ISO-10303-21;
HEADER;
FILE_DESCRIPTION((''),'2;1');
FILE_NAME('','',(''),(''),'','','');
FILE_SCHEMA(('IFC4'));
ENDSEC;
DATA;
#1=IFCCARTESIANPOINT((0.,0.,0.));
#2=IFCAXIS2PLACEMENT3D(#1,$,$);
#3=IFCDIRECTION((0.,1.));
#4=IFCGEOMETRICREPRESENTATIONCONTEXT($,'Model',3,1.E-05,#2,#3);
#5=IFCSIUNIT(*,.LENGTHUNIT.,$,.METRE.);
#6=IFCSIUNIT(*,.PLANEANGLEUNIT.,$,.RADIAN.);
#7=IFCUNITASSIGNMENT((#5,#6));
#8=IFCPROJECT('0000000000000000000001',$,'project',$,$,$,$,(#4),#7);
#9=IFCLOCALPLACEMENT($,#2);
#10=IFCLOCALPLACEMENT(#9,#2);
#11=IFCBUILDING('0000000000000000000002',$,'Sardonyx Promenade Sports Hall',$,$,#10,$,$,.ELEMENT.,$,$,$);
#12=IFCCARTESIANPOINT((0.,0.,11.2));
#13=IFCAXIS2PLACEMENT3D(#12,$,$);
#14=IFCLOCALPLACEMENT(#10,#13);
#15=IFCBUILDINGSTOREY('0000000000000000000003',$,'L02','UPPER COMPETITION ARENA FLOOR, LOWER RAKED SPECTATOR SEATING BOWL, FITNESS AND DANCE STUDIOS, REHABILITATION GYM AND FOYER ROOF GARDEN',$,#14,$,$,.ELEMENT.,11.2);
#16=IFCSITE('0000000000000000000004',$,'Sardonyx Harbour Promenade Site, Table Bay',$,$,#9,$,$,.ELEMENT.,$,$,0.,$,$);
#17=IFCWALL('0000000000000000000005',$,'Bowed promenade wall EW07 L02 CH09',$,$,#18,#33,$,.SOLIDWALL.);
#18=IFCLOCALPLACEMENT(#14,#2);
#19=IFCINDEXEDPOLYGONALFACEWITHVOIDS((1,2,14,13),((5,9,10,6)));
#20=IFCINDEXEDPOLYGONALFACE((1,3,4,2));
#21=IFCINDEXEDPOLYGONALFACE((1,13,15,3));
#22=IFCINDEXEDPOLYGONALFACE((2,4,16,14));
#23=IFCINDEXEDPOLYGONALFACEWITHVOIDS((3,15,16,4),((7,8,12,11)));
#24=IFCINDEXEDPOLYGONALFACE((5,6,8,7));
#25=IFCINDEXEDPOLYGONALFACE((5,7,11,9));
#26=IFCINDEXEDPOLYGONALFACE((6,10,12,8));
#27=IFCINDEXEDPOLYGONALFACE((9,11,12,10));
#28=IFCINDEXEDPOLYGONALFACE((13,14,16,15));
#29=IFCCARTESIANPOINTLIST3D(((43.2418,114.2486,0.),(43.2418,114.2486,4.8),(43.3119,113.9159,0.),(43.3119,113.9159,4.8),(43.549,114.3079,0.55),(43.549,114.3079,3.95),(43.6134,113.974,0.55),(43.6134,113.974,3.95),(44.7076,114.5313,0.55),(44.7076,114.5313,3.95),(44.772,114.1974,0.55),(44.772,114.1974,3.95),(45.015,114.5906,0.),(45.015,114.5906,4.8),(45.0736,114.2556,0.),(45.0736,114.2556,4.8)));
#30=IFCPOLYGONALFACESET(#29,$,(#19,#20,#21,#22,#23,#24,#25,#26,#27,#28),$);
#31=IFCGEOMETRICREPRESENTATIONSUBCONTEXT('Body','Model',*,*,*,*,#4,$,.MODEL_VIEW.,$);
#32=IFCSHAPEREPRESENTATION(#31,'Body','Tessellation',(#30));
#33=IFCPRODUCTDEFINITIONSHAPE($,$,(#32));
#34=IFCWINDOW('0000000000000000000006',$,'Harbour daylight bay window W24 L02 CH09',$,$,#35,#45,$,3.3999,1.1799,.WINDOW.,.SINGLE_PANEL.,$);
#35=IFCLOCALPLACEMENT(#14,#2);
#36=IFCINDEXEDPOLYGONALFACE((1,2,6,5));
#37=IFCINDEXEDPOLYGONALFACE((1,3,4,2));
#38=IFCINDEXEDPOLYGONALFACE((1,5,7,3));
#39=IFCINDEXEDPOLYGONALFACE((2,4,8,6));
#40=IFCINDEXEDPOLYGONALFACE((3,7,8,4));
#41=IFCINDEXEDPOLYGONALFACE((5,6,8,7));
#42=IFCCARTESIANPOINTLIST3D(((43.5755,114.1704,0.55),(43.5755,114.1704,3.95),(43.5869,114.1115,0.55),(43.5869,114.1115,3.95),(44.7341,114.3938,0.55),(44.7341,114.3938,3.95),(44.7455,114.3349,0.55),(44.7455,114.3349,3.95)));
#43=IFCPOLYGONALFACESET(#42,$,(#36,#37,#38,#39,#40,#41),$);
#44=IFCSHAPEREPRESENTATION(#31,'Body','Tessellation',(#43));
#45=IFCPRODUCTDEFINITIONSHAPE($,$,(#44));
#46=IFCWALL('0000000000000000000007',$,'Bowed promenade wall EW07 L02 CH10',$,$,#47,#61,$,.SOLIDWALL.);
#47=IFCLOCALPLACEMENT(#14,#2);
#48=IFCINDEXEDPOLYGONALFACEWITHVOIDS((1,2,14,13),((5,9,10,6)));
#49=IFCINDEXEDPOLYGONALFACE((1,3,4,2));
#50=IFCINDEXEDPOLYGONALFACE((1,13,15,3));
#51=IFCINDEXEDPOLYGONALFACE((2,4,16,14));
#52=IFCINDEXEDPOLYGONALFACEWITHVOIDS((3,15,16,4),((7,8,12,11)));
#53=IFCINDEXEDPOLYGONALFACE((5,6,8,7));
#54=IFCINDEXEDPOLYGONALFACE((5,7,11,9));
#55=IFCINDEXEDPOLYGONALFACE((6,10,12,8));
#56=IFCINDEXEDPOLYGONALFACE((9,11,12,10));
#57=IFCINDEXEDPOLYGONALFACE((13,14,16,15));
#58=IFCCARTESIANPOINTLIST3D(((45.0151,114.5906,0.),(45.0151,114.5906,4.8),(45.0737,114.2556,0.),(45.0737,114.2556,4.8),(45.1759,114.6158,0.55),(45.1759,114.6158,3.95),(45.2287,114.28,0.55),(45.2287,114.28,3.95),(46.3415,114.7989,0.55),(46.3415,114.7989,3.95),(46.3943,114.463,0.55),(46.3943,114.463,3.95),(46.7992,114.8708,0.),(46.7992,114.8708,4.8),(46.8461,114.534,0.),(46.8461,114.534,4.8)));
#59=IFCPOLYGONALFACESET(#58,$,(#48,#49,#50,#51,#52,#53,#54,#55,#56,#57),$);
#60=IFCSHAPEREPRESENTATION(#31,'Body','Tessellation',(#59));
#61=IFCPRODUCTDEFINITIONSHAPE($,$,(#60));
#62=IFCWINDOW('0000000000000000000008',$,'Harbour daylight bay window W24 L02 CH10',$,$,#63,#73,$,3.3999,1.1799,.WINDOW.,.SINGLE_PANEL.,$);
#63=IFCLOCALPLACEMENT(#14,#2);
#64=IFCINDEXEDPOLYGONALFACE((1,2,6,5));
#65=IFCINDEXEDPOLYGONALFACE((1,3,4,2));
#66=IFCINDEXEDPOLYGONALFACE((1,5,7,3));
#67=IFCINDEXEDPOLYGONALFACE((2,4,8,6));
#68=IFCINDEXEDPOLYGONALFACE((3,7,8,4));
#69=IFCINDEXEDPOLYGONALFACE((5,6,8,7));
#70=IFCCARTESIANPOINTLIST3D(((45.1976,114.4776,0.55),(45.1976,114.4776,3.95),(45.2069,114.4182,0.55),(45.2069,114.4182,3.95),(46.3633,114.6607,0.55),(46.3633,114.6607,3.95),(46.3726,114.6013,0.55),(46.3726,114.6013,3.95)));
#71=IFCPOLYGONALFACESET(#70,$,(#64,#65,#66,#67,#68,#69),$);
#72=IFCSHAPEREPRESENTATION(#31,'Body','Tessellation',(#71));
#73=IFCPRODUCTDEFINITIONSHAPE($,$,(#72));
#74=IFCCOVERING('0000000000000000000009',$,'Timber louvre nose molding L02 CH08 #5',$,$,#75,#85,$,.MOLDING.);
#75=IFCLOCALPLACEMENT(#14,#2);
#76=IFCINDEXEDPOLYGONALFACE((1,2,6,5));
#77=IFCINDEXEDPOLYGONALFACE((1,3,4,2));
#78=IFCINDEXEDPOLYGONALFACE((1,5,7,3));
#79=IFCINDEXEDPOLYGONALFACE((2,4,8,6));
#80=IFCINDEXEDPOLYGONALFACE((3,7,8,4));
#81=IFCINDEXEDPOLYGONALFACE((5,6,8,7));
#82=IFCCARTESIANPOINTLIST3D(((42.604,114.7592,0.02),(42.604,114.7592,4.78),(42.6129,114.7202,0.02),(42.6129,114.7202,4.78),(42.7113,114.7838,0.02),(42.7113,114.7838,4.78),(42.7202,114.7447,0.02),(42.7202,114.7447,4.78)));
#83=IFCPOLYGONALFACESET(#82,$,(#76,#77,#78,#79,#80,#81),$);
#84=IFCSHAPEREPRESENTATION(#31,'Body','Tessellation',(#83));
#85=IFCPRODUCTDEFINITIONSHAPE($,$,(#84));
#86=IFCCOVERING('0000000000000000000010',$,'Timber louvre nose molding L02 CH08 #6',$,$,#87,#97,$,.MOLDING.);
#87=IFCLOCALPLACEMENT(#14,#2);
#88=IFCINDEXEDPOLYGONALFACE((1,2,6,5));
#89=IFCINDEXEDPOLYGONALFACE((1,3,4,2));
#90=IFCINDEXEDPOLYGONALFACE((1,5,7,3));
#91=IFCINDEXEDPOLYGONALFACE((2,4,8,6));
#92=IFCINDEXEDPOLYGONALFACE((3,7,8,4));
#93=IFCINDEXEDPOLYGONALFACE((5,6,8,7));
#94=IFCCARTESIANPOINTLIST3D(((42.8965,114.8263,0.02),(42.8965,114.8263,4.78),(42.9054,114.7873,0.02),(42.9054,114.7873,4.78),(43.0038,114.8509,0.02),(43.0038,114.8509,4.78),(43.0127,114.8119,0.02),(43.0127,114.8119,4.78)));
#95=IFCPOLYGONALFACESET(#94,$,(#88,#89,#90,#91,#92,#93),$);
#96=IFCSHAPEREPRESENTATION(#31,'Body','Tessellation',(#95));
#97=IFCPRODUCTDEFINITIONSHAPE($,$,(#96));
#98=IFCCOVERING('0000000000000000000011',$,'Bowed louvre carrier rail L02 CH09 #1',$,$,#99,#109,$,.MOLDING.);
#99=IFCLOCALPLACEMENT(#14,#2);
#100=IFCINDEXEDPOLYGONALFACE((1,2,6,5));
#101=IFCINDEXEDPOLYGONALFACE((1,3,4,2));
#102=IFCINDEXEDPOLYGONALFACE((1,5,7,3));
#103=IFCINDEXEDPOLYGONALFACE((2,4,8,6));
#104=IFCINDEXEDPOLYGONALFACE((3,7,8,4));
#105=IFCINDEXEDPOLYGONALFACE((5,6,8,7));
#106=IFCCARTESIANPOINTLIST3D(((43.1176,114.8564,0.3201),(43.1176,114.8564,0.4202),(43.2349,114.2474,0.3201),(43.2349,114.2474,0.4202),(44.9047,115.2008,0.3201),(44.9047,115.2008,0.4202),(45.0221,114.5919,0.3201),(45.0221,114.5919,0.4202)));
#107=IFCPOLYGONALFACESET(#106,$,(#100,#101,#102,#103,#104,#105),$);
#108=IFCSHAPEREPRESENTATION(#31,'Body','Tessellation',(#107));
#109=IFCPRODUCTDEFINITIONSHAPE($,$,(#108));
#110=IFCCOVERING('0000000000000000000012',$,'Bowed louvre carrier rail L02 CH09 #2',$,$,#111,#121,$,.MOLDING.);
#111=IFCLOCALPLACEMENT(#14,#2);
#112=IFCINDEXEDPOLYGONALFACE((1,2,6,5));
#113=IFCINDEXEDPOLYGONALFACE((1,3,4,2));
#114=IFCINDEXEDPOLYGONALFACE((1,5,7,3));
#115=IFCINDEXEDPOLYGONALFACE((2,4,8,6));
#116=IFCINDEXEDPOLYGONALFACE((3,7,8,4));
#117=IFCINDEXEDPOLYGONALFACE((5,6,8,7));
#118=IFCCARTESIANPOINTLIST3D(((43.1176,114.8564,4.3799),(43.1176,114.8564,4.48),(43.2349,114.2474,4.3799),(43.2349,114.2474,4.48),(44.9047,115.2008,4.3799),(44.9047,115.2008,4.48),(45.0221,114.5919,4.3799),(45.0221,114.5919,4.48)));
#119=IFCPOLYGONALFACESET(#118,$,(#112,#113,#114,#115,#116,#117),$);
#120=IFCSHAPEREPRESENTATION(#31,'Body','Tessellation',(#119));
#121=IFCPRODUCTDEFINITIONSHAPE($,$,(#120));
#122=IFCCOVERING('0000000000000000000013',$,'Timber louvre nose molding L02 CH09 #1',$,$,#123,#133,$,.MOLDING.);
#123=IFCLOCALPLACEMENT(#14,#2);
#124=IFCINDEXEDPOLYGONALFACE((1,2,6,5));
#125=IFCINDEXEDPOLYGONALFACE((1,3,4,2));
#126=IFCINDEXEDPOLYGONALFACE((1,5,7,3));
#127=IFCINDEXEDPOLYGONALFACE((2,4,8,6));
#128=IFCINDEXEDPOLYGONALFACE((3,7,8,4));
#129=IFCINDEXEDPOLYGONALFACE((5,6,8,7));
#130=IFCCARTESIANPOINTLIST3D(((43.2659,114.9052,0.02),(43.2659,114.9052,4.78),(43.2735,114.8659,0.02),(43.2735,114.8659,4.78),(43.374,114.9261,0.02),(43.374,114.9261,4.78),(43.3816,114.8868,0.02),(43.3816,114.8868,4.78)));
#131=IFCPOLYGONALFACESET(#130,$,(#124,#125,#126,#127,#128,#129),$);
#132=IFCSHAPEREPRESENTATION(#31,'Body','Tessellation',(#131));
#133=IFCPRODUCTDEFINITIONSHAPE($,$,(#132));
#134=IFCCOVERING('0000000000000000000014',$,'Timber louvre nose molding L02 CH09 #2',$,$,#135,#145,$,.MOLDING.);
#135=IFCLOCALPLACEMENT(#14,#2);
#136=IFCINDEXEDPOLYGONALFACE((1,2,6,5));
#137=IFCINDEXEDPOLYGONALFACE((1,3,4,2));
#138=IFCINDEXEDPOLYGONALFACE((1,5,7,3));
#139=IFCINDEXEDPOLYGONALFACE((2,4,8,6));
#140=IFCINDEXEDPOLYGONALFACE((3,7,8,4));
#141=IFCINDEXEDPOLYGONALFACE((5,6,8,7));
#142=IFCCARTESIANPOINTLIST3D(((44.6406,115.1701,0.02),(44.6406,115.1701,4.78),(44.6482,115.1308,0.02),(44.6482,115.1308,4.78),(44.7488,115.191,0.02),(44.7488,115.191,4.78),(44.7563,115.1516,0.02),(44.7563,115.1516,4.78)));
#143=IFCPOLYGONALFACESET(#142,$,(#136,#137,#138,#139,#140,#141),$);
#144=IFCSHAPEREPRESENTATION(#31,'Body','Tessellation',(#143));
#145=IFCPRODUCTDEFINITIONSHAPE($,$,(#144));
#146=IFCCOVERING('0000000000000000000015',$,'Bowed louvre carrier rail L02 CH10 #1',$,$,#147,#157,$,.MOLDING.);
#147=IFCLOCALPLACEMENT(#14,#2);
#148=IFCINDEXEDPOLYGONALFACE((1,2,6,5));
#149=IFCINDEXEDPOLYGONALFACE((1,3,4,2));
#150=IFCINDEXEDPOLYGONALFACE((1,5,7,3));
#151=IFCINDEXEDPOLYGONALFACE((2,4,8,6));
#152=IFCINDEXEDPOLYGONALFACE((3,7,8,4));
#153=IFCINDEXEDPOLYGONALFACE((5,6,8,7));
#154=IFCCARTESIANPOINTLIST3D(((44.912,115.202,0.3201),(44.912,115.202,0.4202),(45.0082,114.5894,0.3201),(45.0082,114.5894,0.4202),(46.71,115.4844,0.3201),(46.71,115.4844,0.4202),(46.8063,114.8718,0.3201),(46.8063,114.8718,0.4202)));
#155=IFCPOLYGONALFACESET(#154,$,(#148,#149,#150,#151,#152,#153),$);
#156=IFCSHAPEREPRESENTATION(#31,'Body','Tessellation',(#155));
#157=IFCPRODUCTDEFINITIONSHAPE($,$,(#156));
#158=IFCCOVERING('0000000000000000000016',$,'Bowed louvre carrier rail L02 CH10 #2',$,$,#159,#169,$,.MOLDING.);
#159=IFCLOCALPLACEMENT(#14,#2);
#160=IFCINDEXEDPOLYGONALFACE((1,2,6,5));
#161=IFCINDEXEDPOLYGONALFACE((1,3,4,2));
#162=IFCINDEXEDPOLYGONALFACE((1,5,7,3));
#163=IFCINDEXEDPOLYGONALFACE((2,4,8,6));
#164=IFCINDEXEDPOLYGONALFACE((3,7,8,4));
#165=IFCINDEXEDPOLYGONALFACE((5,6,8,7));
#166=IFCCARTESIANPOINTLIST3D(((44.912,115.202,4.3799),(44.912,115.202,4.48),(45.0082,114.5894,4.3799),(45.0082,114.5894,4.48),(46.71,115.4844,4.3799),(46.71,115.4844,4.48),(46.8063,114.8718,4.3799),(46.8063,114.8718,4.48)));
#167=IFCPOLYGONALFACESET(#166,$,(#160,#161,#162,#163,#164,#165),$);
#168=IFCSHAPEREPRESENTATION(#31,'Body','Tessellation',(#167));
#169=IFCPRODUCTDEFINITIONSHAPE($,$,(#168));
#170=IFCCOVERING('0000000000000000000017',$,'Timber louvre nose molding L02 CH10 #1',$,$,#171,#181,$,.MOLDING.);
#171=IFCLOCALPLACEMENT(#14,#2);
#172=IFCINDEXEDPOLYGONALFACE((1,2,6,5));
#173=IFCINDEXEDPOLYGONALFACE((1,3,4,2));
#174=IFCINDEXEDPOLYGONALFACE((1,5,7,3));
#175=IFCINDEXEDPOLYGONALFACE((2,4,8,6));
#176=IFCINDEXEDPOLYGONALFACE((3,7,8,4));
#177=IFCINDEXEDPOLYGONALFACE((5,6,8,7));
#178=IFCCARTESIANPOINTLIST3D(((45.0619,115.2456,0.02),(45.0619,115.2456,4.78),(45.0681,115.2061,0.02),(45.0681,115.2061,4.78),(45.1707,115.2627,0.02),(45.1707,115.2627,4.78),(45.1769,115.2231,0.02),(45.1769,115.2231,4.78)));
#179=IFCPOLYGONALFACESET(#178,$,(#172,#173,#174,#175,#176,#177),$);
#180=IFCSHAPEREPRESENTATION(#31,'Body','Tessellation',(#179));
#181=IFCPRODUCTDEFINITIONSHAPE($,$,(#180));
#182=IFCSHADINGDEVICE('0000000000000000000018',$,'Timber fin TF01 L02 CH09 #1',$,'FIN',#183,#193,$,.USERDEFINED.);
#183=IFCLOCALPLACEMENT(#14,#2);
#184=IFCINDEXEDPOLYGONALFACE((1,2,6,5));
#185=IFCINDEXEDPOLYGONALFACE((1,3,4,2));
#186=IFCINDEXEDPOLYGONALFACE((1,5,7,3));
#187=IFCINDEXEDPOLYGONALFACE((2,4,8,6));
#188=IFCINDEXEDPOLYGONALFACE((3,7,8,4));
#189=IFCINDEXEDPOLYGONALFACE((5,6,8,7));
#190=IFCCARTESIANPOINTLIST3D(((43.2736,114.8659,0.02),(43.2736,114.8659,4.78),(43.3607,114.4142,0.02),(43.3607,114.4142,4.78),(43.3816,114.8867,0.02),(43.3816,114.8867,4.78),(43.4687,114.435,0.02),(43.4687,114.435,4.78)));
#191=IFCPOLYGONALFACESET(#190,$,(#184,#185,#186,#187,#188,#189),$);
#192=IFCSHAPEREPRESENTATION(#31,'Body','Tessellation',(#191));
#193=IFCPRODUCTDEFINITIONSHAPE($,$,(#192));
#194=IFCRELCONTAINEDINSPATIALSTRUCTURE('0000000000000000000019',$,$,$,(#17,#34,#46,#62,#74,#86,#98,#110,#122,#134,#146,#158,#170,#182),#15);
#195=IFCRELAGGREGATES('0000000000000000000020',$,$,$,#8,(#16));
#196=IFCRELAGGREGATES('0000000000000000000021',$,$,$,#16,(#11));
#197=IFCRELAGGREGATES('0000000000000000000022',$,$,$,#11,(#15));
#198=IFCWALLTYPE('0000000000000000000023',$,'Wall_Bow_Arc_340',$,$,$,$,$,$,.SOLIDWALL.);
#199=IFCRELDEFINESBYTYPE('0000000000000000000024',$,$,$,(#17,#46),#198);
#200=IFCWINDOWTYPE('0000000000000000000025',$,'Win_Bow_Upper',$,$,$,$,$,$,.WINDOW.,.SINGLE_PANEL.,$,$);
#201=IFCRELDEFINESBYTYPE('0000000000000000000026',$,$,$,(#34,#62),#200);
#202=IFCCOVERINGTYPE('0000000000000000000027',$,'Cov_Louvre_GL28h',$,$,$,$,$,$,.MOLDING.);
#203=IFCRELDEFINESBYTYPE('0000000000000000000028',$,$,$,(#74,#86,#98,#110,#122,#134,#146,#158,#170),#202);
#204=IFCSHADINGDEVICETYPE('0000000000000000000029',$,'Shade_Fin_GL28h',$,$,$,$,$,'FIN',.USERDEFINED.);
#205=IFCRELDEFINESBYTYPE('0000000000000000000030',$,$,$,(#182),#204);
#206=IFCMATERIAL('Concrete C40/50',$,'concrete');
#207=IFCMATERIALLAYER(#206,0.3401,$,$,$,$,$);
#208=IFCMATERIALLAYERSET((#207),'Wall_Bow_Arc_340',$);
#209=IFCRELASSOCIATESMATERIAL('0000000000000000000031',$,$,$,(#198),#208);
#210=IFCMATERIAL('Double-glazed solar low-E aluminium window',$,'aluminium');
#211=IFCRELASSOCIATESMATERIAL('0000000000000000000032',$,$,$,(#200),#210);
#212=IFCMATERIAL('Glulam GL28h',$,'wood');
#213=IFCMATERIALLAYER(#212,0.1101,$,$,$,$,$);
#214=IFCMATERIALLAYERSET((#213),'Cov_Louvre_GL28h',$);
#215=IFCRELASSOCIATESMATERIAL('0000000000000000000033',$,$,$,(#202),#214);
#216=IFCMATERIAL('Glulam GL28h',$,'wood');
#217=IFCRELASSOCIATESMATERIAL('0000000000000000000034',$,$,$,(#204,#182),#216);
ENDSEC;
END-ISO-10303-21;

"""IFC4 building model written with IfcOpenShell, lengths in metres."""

from ifc_helpers import new_model, si_unit, direction, frame, frame_2d, origin, origin_2d, place, context, subcontext, project, spatial, polyline, rectangle, outline, extrude, material, layer, layer_set, type_object, element, fill, save


model = new_model("IFC4")

# Units and contexts
model_context = context("Model", 3, precision=1e-05, world=origin(), true_north=direction((0.0, 1.0)))
body_context = subcontext(model_context, "Body", "Model", "MODEL_VIEW")
ifc_project = project(units=[si_unit("LENGTHUNIT", "METRE"), si_unit("PLANEANGLEUNIT", "RADIAN")], contexts=[model_context])

# Site, building, storey
site_placement = place(None, origin())
site = spatial("IfcSite", under=ifc_project, at=site_placement, Name="Sardonyx Harbour Promenade Site, Table Bay", CompositionType="ELEMENT", RefElevation=0.0)
building_placement = place(site_placement, origin())
building = spatial("IfcBuilding", under=site, at=building_placement, Name="Sardonyx Promenade Sports Hall", CompositionType="ELEMENT")
storey_placement = place(building_placement, frame((0.0, 0.0, 11.2)))
storey = spatial("IfcBuildingStorey", under=building, at=storey_placement, Name="L02", Description="UPPER COMPETITION ARENA FLOOR, LOWER RAKED SPECTATOR SEATING BOWL, FITNESS AND DANCE STUDIOS, REHABILITATION GYM AND FOYER ROOF GARDEN", CompositionType="ELEMENT", Elevation=11.2)

# Walls, openings, windows
ifc_material_1 = material(Name="Concrete C40/50", Category="concrete")
ifc_layer_1 = layer(ifc_material_1, 0.3401)
ifc_layer_set_1 = layer_set([ifc_layer_1], Name="Wall_Bow_Arc_340")
wall_type = type_object("IfcWallType", Name="Wall_Bow_Arc_340", PredefinedType="SOLIDWALL", material=ifc_layer_set_1)
wall_1_placement = place(storey_placement, frame((43.2769, 114.0823, 0.0), z_axis=(0.0, 0.0, 1.0), x_axis=(0.981913, 0.18933, 0.0)))
wall_1 = element("IfcWall", 1, at=wall_1_placement, inside=storey, type_object=wall_type, Name="Bowed promenade wall EW07 L02 CH09", PredefinedType="SOLIDWALL", context=body_context, shape_type="SweptSolid", body=[
    extrude(outline(polyline([(0.0029, -0.17), (1.7971, -0.17), (1.8029, 0.17), (-0.0029, 0.17), (0.0029, -0.17)])), origin(), (0.0, 0.0, 1.0), 4.8),
])
opening_1_placement = place(wall_1_placement, frame((0.3101, 0.0, 0.55)))
opening_1 = element("IfcOpeningElement", 2, at=opening_1_placement, cuts=wall_1, PredefinedType="OPENING", context=body_context, shape_type="SweptSolid", body=[
    extrude(rectangle(XDim=1.1799, YDim=3.3999, at=frame_2d((0.5898, 1.7))), frame((0.0, 0.18, 0.0), z_axis=(0.0, -1.0, 0.0), x_axis=(1.0, 0.0, 0.0)), (0.0, 0.0, 1.0), 0.36),
])
ifc_material_2 = material(Name="Double-glazed solar low-E aluminium window", Category="aluminium")
window_type = type_object("IfcWindowType", Name="Win_Bow_Upper", PartitioningType="SINGLE_PANEL", PredefinedType="WINDOW", material=ifc_material_2)
window_1_placement = place(opening_1_placement, origin())
window_1 = element("IfcWindow", 3, at=window_1_placement, inside=storey, type_object=window_type, Name="Harbour daylight bay window W24 L02 CH09", OverallHeight=3.3999, OverallWidth=1.1799, PartitioningType="SINGLE_PANEL", PredefinedType="WINDOW", context=body_context, shape_type="SweptSolid", body=[
    extrude(rectangle(XDim=1.1799, YDim=3.3999, at=frame_2d((0.5898, 1.7))), frame((0.0, 0.03, 0.0), z_axis=(0.0, -1.0, 0.0), x_axis=(1.0, 0.0, 0.0)), (0.0, 0.0, 1.0), 0.0601),
])
fill(opening_1, window_1)
wall_2_placement = place(storey_placement, frame((45.0444, 114.4231, 0.0), z_axis=(0.0, 0.0, 1.0), x_axis=(0.987887, 0.155175, 0.0)))
wall_2 = element("IfcWall", 4, at=wall_2_placement, inside=storey, type_object=wall_type, Name="Bowed promenade wall EW07 L02 CH10", PredefinedType="SOLIDWALL", context=body_context, shape_type="SweptSolid", body=[
    extrude(outline(polyline([(0.0029, -0.17), (1.7971, -0.17), (1.8029, 0.17), (-0.0029, 0.17), (0.0029, -0.17)])), origin(), (0.0, 0.0, 1.0), 4.8),
])
opening_2_placement = place(wall_2_placement, frame((0.1599, 0.0, 0.55)))
opening_2 = element("IfcOpeningElement", 5, at=opening_2_placement, cuts=wall_2, PredefinedType="OPENING", context=body_context, shape_type="SweptSolid", body=[
    extrude(rectangle(XDim=1.1799, YDim=3.3999, at=frame_2d((0.5898, 1.7))), frame((0.0, 0.18, 0.0), z_axis=(0.0, -1.0, 0.0), x_axis=(1.0, 0.0, 0.0)), (0.0, 0.0, 1.0), 0.36),
])
window_2_placement = place(opening_2_placement, origin())
window_2 = element("IfcWindow", 6, at=window_2_placement, inside=storey, type_object=window_type, Name="Harbour daylight bay window W24 L02 CH10", OverallHeight=3.3999, OverallWidth=1.1799, PartitioningType="SINGLE_PANEL", PredefinedType="WINDOW", context=body_context, shape_type="SweptSolid", body=[
    extrude(rectangle(XDim=1.1799, YDim=3.3999, at=frame_2d((0.5898, 1.7))), frame((0.0, 0.03, 0.0), z_axis=(0.0, -1.0, 0.0), x_axis=(1.0, 0.0, 0.0)), (0.0, 0.0, 1.0), 0.0601),
])
fill(opening_2, window_2)

# Coverings
ifc_material_3 = material(Name="Glulam GL28h", Category="wood")
ifc_layer_2 = layer(ifc_material_3, 0.1101)
ifc_layer_set_2 = layer_set([ifc_layer_2], Name="Cov_Louvre_GL28h")
covering_type = type_object("IfcCoveringType", Name="Cov_Louvre_GL28h", PredefinedType="MOLDING", material=ifc_layer_set_2)
for number, where, z_axis, x_axis, name in (
    (7, (42.6621, 114.752, 0.02), (0.0, 0.0, 1.0), (0.974792, 0.223117, 0.0), "Timber louvre nose molding L02 CH08 #5"),
    (8, (42.9546, 114.8191, 0.02), (0.0, 0.0, 1.0), (0.974792, 0.223117, 0.0), "Timber louvre nose molding L02 CH08 #6"),
):
    element("IfcCovering", number, at=place(storey_placement, frame(where, z_axis=z_axis, x_axis=x_axis)), inside=storey, type_object=covering_type, Name=name, PredefinedType="MOLDING", context=body_context, shape_type="SweptSolid", body=[
        extrude(rectangle(XDim=0.1101, YDim=0.04, at=origin_2d()), origin(), (0.0, 0.0, 1.0), 4.76),
    ])
for number, where, z_axis, x_axis, name in (
    (9, (44.0698, 114.7241, 0.3201), (0.0, 0.0, 1.0), (0.98193, 0.189246, 0.0), "Bowed louvre carrier rail L02 CH09 #1"),
    (10, (44.0698, 114.7241, 4.3799), (0.0, 0.0, 1.0), (0.98193, 0.189246, 0.0), "Bowed louvre carrier rail L02 CH09 #2"),
):
    element("IfcCovering", number, at=place(storey_placement, frame(where, z_axis=z_axis, x_axis=x_axis)), inside=storey, type_object=covering_type, Name=name, PredefinedType="MOLDING", context=body_context, shape_type="SweptSolid", body=[
        extrude(rectangle(XDim=1.8201, YDim=0.6201, at=origin_2d()), origin(), (0.0, 0.0, 1.0), 0.1001),
    ])
for number, where, z_axis, x_axis, name in (
    (11, (43.3237, 114.896, 0.02), (0.0, 0.0, 1.0), (0.98193, 0.189246, 0.0), "Timber louvre nose molding L02 CH09 #1"),
    (12, (44.6985, 115.1609, 0.02), (0.0, 0.0, 1.0), (0.98193, 0.189246, 0.0), "Timber louvre nose molding L02 CH09 #2"),
):
    element("IfcCovering", number, at=place(storey_placement, frame(where, z_axis=z_axis, x_axis=x_axis)), inside=storey, type_object=covering_type, Name=name, PredefinedType="MOLDING", context=body_context, shape_type="SweptSolid", body=[
        extrude(rectangle(XDim=0.1101, YDim=0.04, at=origin_2d()), origin(), (0.0, 0.0, 1.0), 4.76),
    ])
for number, where, z_axis, x_axis, name in (
    (13, (45.8591, 115.0369, 0.3201), (0.0, 0.0, 1.0), (0.987891, 0.155148, 0.0), "Bowed louvre carrier rail L02 CH10 #1"),
    (14, (45.8591, 115.0369, 4.3799), (0.0, 0.0, 1.0), (0.987891, 0.155148, 0.0), "Bowed louvre carrier rail L02 CH10 #2"),
):
    element("IfcCovering", number, at=place(storey_placement, frame(where, z_axis=z_axis, x_axis=x_axis)), inside=storey, type_object=covering_type, Name=name, PredefinedType="MOLDING", context=body_context, shape_type="SweptSolid", body=[
        extrude(rectangle(XDim=1.8201, YDim=0.6201, at=origin_2d()), origin(), (0.0, 0.0, 1.0), 0.1001),
    ])
covering_placement = place(storey_placement, frame((45.1194, 115.2344, 0.02), z_axis=(0.0, 0.0, 1.0), x_axis=(0.987891, 0.155148, 0.0)))
element("IfcCovering", 15, at=covering_placement, inside=storey, type_object=covering_type, Name="Timber louvre nose molding L02 CH10 #1", PredefinedType="MOLDING", context=body_context, shape_type="SweptSolid", body=[
    extrude(rectangle(XDim=0.1101, YDim=0.04, at=origin_2d()), origin(), (0.0, 0.0, 1.0), 4.76),
])

# Shading device
ifc_material_4 = material(Name="Glulam GL28h", Category="wood")
shading_device_type_1 = type_object("IfcShadingDeviceType", Name="Shade_Fin_GL28h", ElementType="FIN", PredefinedType="USERDEFINED", material=ifc_material_4)
for number, where, z_axis, x_axis, name in (
    (16, (43.3711, 114.6505, 0.02), (0.0, 0.0, 1.0), (0.98193, 0.189246, 0.0), "Timber fin TF01 L02 CH09 #1"),
):
    element("IfcShadingDevice", number, at=place(storey_placement, frame(where, z_axis=z_axis, x_axis=x_axis)), inside=storey, type_object=shading_device_type_1, material=ifc_material_4, Name=name, ObjectType="FIN", PredefinedType="USERDEFINED", context=body_context, shape_type="SweptSolid", body=[
        extrude(rectangle(XDim=0.11, YDim=0.46), origin(), (0.0, 0.0, 1.0), 4.76),
    ])

save(model, "model.ifc")
